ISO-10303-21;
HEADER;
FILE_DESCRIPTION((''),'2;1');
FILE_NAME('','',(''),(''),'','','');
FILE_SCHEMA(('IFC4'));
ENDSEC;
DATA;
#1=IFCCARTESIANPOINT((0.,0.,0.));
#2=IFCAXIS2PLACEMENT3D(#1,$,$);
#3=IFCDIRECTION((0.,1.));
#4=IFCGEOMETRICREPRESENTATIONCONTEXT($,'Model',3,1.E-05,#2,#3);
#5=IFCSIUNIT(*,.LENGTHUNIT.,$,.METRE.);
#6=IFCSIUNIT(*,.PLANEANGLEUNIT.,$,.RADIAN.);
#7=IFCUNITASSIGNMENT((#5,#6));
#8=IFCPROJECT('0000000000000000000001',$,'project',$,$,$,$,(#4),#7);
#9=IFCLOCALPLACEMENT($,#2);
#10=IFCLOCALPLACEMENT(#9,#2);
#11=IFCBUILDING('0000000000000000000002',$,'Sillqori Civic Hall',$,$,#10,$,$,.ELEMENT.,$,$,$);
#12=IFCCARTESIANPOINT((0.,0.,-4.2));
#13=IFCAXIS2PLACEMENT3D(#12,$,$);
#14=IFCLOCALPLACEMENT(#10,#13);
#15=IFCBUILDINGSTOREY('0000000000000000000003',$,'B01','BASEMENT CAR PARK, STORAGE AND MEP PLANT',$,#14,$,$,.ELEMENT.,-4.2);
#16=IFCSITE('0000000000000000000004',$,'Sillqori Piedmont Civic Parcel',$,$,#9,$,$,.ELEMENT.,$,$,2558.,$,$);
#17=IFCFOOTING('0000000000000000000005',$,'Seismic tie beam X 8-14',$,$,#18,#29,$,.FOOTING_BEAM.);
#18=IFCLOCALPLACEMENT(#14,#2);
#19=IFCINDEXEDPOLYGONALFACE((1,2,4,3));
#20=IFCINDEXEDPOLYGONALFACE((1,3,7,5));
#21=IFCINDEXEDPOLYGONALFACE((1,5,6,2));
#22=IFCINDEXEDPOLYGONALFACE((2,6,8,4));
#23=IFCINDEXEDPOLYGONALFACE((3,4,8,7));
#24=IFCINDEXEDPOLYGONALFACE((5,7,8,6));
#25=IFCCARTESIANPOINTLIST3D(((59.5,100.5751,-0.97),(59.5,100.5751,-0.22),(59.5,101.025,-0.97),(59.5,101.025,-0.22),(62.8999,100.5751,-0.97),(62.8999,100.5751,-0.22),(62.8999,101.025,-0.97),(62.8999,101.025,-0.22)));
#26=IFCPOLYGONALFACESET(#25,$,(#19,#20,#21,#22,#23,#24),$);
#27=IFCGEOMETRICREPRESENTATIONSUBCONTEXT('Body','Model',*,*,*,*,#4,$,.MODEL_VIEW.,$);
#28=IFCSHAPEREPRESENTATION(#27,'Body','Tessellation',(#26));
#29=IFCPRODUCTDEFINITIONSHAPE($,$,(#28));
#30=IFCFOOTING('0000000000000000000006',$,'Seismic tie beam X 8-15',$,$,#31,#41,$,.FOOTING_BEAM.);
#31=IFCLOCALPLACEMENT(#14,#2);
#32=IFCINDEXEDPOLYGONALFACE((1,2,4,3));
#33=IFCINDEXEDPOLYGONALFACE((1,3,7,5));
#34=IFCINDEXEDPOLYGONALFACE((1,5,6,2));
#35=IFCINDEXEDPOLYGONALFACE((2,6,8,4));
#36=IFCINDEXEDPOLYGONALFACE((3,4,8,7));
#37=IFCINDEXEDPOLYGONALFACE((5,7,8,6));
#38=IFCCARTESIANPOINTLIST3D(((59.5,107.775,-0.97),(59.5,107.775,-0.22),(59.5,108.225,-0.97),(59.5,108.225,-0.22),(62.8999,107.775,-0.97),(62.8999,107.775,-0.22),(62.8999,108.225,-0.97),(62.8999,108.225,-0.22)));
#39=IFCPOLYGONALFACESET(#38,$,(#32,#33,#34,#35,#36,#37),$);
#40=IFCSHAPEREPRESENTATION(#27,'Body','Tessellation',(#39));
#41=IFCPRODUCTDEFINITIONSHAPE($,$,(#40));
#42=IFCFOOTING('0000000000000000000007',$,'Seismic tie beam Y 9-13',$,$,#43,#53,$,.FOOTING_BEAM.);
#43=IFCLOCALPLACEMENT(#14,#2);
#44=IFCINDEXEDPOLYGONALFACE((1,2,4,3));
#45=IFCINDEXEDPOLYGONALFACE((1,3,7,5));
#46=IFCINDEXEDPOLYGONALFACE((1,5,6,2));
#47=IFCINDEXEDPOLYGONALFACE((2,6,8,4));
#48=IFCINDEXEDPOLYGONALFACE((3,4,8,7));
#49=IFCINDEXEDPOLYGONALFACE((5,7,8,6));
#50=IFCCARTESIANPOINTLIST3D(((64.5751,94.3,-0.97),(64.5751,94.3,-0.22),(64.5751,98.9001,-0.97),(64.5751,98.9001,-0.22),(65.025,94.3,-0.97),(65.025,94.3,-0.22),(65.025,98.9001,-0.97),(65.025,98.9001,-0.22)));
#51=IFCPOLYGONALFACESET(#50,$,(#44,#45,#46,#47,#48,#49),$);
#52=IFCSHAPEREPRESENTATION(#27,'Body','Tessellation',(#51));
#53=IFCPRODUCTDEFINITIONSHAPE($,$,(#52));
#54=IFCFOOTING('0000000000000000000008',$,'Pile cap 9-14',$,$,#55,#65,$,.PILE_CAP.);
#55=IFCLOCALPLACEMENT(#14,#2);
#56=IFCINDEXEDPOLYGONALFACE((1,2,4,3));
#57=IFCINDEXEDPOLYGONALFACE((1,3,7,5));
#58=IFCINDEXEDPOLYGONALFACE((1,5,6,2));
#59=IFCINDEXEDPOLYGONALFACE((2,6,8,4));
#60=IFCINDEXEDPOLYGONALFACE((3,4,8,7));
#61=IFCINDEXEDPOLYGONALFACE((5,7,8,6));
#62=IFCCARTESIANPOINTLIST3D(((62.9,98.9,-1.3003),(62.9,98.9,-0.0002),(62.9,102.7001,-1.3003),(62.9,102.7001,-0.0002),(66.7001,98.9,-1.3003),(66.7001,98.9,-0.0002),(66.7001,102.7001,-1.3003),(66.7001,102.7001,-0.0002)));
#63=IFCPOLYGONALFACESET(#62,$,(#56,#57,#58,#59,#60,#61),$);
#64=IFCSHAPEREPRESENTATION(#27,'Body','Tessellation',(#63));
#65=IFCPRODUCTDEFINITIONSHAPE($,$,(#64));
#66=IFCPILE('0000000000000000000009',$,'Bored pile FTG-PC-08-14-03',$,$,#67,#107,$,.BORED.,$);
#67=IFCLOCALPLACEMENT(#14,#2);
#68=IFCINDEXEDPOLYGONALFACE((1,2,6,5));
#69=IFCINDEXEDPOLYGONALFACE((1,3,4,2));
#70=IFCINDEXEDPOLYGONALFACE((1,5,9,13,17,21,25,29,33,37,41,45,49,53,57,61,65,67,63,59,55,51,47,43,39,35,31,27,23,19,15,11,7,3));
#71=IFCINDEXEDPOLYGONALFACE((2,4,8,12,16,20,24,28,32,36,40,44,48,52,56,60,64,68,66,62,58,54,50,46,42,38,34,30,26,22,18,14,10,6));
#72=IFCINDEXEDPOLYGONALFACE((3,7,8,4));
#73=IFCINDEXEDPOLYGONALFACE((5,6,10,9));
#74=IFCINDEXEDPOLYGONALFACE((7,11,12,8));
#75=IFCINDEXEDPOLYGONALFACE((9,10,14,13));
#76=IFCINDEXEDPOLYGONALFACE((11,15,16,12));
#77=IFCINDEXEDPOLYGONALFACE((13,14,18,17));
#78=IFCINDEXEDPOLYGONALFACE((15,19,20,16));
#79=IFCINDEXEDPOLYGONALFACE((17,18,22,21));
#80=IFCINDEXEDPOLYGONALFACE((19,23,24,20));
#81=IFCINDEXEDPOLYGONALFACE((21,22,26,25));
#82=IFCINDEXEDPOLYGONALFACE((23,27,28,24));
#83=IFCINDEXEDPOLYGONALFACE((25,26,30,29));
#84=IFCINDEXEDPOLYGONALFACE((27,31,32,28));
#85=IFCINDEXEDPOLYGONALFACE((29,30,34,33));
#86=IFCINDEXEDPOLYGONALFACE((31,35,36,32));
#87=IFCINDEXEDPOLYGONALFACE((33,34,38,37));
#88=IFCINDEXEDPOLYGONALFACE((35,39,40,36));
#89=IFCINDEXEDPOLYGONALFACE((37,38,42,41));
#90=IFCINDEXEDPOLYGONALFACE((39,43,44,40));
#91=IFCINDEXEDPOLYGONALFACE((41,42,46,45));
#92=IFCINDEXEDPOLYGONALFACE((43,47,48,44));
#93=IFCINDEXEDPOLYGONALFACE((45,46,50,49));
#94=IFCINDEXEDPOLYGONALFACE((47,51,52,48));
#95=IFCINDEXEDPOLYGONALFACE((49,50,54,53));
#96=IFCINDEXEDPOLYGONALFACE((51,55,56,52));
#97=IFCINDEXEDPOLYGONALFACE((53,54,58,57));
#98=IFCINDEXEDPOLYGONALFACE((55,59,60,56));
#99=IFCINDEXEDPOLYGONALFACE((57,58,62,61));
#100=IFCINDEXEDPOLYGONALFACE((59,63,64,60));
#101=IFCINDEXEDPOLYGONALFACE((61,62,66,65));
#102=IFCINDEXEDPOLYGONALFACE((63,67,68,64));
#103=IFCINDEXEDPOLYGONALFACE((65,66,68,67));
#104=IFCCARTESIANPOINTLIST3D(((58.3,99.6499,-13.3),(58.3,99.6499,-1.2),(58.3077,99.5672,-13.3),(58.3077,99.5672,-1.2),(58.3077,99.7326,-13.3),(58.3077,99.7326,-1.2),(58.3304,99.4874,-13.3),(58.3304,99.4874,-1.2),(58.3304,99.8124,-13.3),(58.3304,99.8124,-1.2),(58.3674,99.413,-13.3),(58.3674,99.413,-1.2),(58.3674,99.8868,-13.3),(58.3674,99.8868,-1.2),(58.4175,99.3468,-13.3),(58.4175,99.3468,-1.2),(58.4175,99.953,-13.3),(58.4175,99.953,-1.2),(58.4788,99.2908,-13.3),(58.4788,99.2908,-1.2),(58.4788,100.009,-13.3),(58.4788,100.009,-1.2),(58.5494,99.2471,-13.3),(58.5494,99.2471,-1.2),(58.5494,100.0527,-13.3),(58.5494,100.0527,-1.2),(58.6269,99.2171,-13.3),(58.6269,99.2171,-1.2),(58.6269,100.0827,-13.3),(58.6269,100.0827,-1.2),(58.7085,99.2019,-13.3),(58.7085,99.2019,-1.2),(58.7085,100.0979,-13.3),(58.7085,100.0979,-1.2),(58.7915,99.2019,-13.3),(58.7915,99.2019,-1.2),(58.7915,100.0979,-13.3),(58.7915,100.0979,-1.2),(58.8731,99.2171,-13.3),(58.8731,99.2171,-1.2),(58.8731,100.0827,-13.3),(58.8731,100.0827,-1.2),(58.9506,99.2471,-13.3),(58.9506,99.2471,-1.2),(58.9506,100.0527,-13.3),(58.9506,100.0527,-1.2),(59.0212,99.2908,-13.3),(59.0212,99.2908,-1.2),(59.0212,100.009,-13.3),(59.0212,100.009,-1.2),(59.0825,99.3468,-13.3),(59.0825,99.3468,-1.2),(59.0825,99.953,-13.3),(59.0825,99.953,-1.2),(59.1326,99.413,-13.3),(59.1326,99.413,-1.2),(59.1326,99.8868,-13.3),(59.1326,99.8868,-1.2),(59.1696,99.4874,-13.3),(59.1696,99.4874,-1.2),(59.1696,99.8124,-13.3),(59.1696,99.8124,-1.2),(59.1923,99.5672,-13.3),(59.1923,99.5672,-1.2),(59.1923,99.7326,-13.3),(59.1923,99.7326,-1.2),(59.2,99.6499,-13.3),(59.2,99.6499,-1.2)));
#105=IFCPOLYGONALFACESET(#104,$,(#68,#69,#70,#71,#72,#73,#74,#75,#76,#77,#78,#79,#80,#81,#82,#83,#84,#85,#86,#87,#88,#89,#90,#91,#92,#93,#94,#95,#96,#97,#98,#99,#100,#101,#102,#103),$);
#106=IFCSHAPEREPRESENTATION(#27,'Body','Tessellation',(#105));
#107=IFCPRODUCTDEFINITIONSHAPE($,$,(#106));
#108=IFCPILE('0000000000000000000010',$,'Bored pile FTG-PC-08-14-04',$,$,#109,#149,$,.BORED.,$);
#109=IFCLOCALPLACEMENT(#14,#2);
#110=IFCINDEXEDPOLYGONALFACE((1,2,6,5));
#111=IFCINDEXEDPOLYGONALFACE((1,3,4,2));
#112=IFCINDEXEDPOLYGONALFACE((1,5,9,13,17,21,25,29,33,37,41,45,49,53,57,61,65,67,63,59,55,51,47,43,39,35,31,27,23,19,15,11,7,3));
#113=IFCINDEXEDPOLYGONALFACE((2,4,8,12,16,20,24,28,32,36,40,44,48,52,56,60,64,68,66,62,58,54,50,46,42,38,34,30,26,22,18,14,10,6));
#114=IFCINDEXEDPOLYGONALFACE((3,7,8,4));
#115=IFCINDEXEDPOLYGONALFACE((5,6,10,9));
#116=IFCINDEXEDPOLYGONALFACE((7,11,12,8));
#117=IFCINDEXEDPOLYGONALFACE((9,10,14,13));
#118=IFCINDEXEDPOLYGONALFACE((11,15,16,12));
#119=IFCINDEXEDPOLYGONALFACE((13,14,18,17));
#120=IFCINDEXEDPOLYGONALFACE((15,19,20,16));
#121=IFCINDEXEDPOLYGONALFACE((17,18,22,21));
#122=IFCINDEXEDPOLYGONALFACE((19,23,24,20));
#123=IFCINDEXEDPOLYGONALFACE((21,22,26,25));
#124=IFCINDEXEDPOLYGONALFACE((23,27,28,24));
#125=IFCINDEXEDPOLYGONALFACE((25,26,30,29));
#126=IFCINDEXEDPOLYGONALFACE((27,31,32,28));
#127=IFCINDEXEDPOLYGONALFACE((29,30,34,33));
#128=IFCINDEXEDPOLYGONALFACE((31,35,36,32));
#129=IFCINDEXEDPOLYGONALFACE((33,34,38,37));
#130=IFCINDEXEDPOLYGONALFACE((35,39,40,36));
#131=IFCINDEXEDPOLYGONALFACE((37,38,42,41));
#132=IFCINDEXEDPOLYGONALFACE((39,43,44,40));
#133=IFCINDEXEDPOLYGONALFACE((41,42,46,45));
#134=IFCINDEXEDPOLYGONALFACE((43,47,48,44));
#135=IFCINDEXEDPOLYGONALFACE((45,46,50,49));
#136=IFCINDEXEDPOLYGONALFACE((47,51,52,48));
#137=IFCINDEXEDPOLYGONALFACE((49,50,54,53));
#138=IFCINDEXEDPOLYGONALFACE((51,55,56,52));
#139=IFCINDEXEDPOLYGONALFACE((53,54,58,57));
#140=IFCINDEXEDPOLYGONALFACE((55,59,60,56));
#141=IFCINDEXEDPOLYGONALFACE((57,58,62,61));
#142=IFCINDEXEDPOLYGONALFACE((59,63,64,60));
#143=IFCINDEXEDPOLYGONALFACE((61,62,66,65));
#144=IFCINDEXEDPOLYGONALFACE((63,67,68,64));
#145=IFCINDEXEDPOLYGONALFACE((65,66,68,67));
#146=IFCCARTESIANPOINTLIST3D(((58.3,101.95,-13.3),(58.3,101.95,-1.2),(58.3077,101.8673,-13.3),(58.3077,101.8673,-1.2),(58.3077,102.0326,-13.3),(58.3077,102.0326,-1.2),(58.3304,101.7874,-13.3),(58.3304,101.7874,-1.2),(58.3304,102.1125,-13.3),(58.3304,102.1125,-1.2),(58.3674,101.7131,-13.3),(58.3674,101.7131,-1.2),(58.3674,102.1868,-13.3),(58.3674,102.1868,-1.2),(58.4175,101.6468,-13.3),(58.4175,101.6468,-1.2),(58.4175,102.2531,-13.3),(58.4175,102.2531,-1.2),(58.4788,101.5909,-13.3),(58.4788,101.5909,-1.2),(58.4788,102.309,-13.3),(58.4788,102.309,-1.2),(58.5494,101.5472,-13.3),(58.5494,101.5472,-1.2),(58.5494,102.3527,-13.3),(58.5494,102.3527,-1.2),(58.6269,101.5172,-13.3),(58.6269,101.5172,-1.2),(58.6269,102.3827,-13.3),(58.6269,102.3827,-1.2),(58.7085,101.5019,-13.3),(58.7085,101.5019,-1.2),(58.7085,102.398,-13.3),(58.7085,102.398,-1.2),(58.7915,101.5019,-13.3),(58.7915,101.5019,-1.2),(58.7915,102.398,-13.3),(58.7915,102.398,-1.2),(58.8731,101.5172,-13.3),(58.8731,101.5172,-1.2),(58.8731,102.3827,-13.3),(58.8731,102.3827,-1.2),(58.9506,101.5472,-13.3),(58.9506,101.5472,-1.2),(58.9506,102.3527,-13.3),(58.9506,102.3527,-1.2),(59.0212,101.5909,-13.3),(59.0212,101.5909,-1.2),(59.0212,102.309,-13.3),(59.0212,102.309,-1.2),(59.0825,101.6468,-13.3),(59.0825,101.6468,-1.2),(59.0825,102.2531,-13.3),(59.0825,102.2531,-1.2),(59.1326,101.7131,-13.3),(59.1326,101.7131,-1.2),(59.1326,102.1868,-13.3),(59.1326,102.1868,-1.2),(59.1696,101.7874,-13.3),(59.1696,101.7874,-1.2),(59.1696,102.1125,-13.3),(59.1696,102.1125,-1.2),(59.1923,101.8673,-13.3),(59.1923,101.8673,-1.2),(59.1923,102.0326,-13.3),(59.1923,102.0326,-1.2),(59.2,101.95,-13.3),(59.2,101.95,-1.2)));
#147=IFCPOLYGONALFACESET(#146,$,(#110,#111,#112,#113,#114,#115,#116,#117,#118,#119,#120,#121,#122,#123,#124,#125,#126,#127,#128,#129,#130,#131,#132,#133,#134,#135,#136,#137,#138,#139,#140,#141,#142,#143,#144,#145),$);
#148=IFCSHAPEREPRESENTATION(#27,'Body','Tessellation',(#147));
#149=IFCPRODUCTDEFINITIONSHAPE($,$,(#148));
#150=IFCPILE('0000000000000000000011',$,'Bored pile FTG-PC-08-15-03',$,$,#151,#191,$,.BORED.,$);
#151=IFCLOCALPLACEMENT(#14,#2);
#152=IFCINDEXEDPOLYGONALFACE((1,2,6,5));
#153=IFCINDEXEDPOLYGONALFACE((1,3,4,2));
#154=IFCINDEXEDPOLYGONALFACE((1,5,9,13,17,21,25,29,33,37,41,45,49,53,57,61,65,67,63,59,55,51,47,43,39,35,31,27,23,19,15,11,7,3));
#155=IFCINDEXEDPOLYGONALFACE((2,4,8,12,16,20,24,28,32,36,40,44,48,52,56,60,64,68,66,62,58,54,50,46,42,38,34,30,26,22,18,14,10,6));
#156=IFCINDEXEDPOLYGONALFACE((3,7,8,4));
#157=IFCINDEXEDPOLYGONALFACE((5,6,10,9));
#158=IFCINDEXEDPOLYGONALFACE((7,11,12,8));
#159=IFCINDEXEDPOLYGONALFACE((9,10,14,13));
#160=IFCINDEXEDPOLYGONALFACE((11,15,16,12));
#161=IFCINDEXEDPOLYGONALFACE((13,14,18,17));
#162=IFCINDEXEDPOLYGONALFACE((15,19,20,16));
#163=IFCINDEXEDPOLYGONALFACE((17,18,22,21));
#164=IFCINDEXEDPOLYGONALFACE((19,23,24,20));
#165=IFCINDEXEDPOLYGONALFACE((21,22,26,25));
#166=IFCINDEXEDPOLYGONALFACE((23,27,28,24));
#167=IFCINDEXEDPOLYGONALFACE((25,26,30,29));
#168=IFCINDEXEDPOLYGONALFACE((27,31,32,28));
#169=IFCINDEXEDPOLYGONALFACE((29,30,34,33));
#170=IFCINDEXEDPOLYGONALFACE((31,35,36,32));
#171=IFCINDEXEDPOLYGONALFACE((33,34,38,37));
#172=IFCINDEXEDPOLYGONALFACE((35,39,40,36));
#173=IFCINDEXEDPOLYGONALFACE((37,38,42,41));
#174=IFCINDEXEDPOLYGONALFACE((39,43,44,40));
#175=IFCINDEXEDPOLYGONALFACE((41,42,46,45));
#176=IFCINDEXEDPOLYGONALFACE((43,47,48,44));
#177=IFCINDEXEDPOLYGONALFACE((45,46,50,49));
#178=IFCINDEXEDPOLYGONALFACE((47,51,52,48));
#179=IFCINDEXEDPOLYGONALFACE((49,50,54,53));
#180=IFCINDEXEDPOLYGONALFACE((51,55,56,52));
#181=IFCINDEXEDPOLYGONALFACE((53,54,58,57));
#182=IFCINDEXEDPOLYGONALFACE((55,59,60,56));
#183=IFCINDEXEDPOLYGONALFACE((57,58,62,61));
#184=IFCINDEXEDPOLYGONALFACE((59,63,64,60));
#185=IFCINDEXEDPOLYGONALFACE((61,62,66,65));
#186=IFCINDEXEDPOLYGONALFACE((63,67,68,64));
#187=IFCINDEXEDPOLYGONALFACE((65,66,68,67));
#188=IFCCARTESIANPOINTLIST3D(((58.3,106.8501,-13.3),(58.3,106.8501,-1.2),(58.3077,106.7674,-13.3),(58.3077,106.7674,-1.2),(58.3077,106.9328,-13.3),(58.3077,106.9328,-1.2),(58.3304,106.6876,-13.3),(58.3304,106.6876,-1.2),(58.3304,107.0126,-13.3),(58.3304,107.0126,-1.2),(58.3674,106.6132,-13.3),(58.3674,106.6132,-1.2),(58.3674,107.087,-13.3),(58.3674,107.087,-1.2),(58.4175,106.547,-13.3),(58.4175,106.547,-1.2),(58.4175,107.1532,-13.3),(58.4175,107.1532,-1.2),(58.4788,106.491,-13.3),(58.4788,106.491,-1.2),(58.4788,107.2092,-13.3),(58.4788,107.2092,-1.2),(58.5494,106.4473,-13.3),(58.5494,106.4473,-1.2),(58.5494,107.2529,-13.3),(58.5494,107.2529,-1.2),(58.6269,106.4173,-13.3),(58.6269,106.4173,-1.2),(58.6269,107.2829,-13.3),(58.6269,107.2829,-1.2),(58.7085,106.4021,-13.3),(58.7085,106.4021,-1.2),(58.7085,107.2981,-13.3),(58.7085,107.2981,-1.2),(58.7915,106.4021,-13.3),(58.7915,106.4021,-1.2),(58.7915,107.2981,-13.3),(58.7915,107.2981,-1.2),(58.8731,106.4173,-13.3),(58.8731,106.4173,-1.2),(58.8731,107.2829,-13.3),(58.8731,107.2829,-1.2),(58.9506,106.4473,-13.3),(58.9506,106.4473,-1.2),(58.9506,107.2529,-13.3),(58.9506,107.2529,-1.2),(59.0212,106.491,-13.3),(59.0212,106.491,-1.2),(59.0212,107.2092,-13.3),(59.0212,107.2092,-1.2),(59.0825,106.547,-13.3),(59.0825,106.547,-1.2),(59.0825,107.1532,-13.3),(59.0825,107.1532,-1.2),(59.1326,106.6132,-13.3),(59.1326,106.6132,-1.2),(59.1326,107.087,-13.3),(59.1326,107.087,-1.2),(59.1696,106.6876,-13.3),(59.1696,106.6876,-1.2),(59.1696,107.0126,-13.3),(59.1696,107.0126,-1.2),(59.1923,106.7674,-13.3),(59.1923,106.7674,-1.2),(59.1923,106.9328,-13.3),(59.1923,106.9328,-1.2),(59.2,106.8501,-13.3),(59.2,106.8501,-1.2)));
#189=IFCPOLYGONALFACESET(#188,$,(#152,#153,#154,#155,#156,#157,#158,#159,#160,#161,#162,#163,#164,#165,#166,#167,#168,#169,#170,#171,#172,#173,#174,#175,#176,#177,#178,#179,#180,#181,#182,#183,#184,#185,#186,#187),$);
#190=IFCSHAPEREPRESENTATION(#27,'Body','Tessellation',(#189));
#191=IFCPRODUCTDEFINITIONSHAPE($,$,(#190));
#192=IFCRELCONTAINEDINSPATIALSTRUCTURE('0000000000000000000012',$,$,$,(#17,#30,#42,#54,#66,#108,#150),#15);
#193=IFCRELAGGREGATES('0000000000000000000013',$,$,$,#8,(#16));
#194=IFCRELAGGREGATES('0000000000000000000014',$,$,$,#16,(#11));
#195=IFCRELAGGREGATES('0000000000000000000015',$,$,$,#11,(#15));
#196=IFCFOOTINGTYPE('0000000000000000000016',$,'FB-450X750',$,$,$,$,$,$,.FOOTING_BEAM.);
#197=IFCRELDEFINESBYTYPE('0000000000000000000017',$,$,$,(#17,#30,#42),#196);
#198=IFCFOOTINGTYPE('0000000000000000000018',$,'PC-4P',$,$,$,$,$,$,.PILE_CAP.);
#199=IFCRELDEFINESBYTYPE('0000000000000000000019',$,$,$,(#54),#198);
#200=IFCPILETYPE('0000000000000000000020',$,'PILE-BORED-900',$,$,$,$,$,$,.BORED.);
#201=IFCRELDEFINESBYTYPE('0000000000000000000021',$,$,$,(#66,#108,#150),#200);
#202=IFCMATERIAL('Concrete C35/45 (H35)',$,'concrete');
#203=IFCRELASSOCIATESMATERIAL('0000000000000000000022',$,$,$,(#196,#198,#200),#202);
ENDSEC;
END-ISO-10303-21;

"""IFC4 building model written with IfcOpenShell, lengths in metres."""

from ifc_helpers import new_model, si_unit, direction, frame, origin, origin_2d, place, context, subcontext, project, spatial, rectangle, circle, extrude, material, material_profile, profile_set, type_object, element, save


model = new_model("IFC4")

# Units and contexts
model_context = context("Model", 3, precision=1e-05, world=origin(), true_north=direction((0.0, 1.0)))
body_context = subcontext(model_context, "Body", "Model", "MODEL_VIEW")
ifc_project = project(units=[si_unit("LENGTHUNIT", "METRE"), si_unit("PLANEANGLEUNIT", "RADIAN")], contexts=[model_context])

# Site, building, storey
site_placement = place(None, origin())
site = spatial("IfcSite", under=ifc_project, at=site_placement, Name="Sillqori Piedmont Civic Parcel", CompositionType="ELEMENT", RefElevation=2558.0)
building_placement = place(site_placement, origin())
building = spatial("IfcBuilding", under=site, at=building_placement, Name="Sillqori Civic Hall", CompositionType="ELEMENT")
storey_placement = place(building_placement, frame((0.0, 0.0, -4.2)))
storey = spatial("IfcBuildingStorey", under=building, at=storey_placement, Name="B01", Description="BASEMENT CAR PARK, STORAGE AND MEP PLANT", CompositionType="ELEMENT", Elevation=-4.2)

# Footings
ifc_material_1 = material(Name="Concrete C35/45 (H35)", Category="concrete")
footing_type_1 = type_object("IfcFootingType", Name="FB-450X750", PredefinedType="FOOTING_BEAM", material=ifc_material_1)
for number, where, z_axis, x_axis, name in (
    (1, (61.2, 100.8, -0.97), (0.0, 0.0, 1.0), (1.0, 0.0, 0.0), "Seismic tie beam X 8-14"),
    (2, (61.2, 108.0, -0.97), (0.0, 0.0, 1.0), (1.0, 0.0, 0.0), "Seismic tie beam X 8-15"),
):
    element("IfcFooting", number, at=place(storey_placement, frame(where, z_axis=z_axis, x_axis=x_axis)), inside=storey, type_object=footing_type_1, Name=name, PredefinedType="FOOTING_BEAM", context=body_context, shape_type="SweptSolid", body=[
        extrude(rectangle(XDim=3.3999, YDim=0.45, at=origin_2d()), origin(), (0.0, 0.0, 1.0), 0.75),
    ])
footing_1_placement = place(storey_placement, frame((64.8, 96.6001, -0.97), z_axis=(0.0, 0.0, 1.0), x_axis=(1.0, 0.0, 0.0)))
element("IfcFooting", 3, at=footing_1_placement, inside=storey, type_object=footing_type_1, Name="Seismic tie beam Y 9-13", PredefinedType="FOOTING_BEAM", context=body_context, shape_type="SweptSolid", body=[
    extrude(rectangle(XDim=0.45, YDim=4.6001, at=origin_2d()), origin(), (0.0, 0.0, 1.0), 0.75),
])
footing_type_2 = type_object("IfcFootingType", Name="PC-4P", PredefinedType="PILE_CAP", material=ifc_material_1)
footing_2_placement = place(storey_placement, frame((64.8, 100.8, -1.3003), z_axis=(0.0, 0.0, 1.0), x_axis=(1.0, 0.0, 0.0)))
element("IfcFooting", 4, at=footing_2_placement, inside=storey, type_object=footing_type_2, Name="Pile cap 9-14", PredefinedType="PILE_CAP", context=body_context, shape_type="SweptSolid", body=[
    extrude(rectangle(XDim=3.8, YDim=3.8, at=origin_2d()), origin(), (0.0, 0.0, 1.0), 1.3),
])

# Piles
ifc_material_profile_1 = material_profile(ifc_material_1, circle(Radius=0.45, at=origin_2d()), Name="BORED PILE 900")
ifc_profile_set_1 = profile_set([ifc_material_profile_1], Name="Concrete C35/45 (H35)")
pile_type = type_object("IfcPileType", Name="PILE-BORED-900", PredefinedType="BORED", material=ifc_profile_set_1)
for number, where, z_axis, x_axis, name in (
    (5, (58.75, 99.6499, -1.2), (0.0, 0.0, -1.0), (1.0, 0.0, 0.0), "Bored pile FTG-PC-08-14-03"),
    (6, (58.75, 101.95, -1.2), (0.0, 0.0, -1.0), (1.0, 0.0, 0.0), "Bored pile FTG-PC-08-14-04"),
    (7, (58.75, 106.8501, -1.2), (0.0, 0.0, -1.0), (1.0, 0.0, 0.0), "Bored pile FTG-PC-08-15-03"),
):
    element("IfcPile", number, at=place(storey_placement, frame(where, z_axis=z_axis, x_axis=x_axis)), inside=storey, type_object=pile_type, Name=name, PredefinedType="BORED", context=body_context, shape_type="SweptSolid", body=[
        extrude(circle(Radius=0.45, at=origin_2d()), origin(), (0.0, 0.0, 1.0), 12.1001),
    ])

save(model, "model.ifc")
